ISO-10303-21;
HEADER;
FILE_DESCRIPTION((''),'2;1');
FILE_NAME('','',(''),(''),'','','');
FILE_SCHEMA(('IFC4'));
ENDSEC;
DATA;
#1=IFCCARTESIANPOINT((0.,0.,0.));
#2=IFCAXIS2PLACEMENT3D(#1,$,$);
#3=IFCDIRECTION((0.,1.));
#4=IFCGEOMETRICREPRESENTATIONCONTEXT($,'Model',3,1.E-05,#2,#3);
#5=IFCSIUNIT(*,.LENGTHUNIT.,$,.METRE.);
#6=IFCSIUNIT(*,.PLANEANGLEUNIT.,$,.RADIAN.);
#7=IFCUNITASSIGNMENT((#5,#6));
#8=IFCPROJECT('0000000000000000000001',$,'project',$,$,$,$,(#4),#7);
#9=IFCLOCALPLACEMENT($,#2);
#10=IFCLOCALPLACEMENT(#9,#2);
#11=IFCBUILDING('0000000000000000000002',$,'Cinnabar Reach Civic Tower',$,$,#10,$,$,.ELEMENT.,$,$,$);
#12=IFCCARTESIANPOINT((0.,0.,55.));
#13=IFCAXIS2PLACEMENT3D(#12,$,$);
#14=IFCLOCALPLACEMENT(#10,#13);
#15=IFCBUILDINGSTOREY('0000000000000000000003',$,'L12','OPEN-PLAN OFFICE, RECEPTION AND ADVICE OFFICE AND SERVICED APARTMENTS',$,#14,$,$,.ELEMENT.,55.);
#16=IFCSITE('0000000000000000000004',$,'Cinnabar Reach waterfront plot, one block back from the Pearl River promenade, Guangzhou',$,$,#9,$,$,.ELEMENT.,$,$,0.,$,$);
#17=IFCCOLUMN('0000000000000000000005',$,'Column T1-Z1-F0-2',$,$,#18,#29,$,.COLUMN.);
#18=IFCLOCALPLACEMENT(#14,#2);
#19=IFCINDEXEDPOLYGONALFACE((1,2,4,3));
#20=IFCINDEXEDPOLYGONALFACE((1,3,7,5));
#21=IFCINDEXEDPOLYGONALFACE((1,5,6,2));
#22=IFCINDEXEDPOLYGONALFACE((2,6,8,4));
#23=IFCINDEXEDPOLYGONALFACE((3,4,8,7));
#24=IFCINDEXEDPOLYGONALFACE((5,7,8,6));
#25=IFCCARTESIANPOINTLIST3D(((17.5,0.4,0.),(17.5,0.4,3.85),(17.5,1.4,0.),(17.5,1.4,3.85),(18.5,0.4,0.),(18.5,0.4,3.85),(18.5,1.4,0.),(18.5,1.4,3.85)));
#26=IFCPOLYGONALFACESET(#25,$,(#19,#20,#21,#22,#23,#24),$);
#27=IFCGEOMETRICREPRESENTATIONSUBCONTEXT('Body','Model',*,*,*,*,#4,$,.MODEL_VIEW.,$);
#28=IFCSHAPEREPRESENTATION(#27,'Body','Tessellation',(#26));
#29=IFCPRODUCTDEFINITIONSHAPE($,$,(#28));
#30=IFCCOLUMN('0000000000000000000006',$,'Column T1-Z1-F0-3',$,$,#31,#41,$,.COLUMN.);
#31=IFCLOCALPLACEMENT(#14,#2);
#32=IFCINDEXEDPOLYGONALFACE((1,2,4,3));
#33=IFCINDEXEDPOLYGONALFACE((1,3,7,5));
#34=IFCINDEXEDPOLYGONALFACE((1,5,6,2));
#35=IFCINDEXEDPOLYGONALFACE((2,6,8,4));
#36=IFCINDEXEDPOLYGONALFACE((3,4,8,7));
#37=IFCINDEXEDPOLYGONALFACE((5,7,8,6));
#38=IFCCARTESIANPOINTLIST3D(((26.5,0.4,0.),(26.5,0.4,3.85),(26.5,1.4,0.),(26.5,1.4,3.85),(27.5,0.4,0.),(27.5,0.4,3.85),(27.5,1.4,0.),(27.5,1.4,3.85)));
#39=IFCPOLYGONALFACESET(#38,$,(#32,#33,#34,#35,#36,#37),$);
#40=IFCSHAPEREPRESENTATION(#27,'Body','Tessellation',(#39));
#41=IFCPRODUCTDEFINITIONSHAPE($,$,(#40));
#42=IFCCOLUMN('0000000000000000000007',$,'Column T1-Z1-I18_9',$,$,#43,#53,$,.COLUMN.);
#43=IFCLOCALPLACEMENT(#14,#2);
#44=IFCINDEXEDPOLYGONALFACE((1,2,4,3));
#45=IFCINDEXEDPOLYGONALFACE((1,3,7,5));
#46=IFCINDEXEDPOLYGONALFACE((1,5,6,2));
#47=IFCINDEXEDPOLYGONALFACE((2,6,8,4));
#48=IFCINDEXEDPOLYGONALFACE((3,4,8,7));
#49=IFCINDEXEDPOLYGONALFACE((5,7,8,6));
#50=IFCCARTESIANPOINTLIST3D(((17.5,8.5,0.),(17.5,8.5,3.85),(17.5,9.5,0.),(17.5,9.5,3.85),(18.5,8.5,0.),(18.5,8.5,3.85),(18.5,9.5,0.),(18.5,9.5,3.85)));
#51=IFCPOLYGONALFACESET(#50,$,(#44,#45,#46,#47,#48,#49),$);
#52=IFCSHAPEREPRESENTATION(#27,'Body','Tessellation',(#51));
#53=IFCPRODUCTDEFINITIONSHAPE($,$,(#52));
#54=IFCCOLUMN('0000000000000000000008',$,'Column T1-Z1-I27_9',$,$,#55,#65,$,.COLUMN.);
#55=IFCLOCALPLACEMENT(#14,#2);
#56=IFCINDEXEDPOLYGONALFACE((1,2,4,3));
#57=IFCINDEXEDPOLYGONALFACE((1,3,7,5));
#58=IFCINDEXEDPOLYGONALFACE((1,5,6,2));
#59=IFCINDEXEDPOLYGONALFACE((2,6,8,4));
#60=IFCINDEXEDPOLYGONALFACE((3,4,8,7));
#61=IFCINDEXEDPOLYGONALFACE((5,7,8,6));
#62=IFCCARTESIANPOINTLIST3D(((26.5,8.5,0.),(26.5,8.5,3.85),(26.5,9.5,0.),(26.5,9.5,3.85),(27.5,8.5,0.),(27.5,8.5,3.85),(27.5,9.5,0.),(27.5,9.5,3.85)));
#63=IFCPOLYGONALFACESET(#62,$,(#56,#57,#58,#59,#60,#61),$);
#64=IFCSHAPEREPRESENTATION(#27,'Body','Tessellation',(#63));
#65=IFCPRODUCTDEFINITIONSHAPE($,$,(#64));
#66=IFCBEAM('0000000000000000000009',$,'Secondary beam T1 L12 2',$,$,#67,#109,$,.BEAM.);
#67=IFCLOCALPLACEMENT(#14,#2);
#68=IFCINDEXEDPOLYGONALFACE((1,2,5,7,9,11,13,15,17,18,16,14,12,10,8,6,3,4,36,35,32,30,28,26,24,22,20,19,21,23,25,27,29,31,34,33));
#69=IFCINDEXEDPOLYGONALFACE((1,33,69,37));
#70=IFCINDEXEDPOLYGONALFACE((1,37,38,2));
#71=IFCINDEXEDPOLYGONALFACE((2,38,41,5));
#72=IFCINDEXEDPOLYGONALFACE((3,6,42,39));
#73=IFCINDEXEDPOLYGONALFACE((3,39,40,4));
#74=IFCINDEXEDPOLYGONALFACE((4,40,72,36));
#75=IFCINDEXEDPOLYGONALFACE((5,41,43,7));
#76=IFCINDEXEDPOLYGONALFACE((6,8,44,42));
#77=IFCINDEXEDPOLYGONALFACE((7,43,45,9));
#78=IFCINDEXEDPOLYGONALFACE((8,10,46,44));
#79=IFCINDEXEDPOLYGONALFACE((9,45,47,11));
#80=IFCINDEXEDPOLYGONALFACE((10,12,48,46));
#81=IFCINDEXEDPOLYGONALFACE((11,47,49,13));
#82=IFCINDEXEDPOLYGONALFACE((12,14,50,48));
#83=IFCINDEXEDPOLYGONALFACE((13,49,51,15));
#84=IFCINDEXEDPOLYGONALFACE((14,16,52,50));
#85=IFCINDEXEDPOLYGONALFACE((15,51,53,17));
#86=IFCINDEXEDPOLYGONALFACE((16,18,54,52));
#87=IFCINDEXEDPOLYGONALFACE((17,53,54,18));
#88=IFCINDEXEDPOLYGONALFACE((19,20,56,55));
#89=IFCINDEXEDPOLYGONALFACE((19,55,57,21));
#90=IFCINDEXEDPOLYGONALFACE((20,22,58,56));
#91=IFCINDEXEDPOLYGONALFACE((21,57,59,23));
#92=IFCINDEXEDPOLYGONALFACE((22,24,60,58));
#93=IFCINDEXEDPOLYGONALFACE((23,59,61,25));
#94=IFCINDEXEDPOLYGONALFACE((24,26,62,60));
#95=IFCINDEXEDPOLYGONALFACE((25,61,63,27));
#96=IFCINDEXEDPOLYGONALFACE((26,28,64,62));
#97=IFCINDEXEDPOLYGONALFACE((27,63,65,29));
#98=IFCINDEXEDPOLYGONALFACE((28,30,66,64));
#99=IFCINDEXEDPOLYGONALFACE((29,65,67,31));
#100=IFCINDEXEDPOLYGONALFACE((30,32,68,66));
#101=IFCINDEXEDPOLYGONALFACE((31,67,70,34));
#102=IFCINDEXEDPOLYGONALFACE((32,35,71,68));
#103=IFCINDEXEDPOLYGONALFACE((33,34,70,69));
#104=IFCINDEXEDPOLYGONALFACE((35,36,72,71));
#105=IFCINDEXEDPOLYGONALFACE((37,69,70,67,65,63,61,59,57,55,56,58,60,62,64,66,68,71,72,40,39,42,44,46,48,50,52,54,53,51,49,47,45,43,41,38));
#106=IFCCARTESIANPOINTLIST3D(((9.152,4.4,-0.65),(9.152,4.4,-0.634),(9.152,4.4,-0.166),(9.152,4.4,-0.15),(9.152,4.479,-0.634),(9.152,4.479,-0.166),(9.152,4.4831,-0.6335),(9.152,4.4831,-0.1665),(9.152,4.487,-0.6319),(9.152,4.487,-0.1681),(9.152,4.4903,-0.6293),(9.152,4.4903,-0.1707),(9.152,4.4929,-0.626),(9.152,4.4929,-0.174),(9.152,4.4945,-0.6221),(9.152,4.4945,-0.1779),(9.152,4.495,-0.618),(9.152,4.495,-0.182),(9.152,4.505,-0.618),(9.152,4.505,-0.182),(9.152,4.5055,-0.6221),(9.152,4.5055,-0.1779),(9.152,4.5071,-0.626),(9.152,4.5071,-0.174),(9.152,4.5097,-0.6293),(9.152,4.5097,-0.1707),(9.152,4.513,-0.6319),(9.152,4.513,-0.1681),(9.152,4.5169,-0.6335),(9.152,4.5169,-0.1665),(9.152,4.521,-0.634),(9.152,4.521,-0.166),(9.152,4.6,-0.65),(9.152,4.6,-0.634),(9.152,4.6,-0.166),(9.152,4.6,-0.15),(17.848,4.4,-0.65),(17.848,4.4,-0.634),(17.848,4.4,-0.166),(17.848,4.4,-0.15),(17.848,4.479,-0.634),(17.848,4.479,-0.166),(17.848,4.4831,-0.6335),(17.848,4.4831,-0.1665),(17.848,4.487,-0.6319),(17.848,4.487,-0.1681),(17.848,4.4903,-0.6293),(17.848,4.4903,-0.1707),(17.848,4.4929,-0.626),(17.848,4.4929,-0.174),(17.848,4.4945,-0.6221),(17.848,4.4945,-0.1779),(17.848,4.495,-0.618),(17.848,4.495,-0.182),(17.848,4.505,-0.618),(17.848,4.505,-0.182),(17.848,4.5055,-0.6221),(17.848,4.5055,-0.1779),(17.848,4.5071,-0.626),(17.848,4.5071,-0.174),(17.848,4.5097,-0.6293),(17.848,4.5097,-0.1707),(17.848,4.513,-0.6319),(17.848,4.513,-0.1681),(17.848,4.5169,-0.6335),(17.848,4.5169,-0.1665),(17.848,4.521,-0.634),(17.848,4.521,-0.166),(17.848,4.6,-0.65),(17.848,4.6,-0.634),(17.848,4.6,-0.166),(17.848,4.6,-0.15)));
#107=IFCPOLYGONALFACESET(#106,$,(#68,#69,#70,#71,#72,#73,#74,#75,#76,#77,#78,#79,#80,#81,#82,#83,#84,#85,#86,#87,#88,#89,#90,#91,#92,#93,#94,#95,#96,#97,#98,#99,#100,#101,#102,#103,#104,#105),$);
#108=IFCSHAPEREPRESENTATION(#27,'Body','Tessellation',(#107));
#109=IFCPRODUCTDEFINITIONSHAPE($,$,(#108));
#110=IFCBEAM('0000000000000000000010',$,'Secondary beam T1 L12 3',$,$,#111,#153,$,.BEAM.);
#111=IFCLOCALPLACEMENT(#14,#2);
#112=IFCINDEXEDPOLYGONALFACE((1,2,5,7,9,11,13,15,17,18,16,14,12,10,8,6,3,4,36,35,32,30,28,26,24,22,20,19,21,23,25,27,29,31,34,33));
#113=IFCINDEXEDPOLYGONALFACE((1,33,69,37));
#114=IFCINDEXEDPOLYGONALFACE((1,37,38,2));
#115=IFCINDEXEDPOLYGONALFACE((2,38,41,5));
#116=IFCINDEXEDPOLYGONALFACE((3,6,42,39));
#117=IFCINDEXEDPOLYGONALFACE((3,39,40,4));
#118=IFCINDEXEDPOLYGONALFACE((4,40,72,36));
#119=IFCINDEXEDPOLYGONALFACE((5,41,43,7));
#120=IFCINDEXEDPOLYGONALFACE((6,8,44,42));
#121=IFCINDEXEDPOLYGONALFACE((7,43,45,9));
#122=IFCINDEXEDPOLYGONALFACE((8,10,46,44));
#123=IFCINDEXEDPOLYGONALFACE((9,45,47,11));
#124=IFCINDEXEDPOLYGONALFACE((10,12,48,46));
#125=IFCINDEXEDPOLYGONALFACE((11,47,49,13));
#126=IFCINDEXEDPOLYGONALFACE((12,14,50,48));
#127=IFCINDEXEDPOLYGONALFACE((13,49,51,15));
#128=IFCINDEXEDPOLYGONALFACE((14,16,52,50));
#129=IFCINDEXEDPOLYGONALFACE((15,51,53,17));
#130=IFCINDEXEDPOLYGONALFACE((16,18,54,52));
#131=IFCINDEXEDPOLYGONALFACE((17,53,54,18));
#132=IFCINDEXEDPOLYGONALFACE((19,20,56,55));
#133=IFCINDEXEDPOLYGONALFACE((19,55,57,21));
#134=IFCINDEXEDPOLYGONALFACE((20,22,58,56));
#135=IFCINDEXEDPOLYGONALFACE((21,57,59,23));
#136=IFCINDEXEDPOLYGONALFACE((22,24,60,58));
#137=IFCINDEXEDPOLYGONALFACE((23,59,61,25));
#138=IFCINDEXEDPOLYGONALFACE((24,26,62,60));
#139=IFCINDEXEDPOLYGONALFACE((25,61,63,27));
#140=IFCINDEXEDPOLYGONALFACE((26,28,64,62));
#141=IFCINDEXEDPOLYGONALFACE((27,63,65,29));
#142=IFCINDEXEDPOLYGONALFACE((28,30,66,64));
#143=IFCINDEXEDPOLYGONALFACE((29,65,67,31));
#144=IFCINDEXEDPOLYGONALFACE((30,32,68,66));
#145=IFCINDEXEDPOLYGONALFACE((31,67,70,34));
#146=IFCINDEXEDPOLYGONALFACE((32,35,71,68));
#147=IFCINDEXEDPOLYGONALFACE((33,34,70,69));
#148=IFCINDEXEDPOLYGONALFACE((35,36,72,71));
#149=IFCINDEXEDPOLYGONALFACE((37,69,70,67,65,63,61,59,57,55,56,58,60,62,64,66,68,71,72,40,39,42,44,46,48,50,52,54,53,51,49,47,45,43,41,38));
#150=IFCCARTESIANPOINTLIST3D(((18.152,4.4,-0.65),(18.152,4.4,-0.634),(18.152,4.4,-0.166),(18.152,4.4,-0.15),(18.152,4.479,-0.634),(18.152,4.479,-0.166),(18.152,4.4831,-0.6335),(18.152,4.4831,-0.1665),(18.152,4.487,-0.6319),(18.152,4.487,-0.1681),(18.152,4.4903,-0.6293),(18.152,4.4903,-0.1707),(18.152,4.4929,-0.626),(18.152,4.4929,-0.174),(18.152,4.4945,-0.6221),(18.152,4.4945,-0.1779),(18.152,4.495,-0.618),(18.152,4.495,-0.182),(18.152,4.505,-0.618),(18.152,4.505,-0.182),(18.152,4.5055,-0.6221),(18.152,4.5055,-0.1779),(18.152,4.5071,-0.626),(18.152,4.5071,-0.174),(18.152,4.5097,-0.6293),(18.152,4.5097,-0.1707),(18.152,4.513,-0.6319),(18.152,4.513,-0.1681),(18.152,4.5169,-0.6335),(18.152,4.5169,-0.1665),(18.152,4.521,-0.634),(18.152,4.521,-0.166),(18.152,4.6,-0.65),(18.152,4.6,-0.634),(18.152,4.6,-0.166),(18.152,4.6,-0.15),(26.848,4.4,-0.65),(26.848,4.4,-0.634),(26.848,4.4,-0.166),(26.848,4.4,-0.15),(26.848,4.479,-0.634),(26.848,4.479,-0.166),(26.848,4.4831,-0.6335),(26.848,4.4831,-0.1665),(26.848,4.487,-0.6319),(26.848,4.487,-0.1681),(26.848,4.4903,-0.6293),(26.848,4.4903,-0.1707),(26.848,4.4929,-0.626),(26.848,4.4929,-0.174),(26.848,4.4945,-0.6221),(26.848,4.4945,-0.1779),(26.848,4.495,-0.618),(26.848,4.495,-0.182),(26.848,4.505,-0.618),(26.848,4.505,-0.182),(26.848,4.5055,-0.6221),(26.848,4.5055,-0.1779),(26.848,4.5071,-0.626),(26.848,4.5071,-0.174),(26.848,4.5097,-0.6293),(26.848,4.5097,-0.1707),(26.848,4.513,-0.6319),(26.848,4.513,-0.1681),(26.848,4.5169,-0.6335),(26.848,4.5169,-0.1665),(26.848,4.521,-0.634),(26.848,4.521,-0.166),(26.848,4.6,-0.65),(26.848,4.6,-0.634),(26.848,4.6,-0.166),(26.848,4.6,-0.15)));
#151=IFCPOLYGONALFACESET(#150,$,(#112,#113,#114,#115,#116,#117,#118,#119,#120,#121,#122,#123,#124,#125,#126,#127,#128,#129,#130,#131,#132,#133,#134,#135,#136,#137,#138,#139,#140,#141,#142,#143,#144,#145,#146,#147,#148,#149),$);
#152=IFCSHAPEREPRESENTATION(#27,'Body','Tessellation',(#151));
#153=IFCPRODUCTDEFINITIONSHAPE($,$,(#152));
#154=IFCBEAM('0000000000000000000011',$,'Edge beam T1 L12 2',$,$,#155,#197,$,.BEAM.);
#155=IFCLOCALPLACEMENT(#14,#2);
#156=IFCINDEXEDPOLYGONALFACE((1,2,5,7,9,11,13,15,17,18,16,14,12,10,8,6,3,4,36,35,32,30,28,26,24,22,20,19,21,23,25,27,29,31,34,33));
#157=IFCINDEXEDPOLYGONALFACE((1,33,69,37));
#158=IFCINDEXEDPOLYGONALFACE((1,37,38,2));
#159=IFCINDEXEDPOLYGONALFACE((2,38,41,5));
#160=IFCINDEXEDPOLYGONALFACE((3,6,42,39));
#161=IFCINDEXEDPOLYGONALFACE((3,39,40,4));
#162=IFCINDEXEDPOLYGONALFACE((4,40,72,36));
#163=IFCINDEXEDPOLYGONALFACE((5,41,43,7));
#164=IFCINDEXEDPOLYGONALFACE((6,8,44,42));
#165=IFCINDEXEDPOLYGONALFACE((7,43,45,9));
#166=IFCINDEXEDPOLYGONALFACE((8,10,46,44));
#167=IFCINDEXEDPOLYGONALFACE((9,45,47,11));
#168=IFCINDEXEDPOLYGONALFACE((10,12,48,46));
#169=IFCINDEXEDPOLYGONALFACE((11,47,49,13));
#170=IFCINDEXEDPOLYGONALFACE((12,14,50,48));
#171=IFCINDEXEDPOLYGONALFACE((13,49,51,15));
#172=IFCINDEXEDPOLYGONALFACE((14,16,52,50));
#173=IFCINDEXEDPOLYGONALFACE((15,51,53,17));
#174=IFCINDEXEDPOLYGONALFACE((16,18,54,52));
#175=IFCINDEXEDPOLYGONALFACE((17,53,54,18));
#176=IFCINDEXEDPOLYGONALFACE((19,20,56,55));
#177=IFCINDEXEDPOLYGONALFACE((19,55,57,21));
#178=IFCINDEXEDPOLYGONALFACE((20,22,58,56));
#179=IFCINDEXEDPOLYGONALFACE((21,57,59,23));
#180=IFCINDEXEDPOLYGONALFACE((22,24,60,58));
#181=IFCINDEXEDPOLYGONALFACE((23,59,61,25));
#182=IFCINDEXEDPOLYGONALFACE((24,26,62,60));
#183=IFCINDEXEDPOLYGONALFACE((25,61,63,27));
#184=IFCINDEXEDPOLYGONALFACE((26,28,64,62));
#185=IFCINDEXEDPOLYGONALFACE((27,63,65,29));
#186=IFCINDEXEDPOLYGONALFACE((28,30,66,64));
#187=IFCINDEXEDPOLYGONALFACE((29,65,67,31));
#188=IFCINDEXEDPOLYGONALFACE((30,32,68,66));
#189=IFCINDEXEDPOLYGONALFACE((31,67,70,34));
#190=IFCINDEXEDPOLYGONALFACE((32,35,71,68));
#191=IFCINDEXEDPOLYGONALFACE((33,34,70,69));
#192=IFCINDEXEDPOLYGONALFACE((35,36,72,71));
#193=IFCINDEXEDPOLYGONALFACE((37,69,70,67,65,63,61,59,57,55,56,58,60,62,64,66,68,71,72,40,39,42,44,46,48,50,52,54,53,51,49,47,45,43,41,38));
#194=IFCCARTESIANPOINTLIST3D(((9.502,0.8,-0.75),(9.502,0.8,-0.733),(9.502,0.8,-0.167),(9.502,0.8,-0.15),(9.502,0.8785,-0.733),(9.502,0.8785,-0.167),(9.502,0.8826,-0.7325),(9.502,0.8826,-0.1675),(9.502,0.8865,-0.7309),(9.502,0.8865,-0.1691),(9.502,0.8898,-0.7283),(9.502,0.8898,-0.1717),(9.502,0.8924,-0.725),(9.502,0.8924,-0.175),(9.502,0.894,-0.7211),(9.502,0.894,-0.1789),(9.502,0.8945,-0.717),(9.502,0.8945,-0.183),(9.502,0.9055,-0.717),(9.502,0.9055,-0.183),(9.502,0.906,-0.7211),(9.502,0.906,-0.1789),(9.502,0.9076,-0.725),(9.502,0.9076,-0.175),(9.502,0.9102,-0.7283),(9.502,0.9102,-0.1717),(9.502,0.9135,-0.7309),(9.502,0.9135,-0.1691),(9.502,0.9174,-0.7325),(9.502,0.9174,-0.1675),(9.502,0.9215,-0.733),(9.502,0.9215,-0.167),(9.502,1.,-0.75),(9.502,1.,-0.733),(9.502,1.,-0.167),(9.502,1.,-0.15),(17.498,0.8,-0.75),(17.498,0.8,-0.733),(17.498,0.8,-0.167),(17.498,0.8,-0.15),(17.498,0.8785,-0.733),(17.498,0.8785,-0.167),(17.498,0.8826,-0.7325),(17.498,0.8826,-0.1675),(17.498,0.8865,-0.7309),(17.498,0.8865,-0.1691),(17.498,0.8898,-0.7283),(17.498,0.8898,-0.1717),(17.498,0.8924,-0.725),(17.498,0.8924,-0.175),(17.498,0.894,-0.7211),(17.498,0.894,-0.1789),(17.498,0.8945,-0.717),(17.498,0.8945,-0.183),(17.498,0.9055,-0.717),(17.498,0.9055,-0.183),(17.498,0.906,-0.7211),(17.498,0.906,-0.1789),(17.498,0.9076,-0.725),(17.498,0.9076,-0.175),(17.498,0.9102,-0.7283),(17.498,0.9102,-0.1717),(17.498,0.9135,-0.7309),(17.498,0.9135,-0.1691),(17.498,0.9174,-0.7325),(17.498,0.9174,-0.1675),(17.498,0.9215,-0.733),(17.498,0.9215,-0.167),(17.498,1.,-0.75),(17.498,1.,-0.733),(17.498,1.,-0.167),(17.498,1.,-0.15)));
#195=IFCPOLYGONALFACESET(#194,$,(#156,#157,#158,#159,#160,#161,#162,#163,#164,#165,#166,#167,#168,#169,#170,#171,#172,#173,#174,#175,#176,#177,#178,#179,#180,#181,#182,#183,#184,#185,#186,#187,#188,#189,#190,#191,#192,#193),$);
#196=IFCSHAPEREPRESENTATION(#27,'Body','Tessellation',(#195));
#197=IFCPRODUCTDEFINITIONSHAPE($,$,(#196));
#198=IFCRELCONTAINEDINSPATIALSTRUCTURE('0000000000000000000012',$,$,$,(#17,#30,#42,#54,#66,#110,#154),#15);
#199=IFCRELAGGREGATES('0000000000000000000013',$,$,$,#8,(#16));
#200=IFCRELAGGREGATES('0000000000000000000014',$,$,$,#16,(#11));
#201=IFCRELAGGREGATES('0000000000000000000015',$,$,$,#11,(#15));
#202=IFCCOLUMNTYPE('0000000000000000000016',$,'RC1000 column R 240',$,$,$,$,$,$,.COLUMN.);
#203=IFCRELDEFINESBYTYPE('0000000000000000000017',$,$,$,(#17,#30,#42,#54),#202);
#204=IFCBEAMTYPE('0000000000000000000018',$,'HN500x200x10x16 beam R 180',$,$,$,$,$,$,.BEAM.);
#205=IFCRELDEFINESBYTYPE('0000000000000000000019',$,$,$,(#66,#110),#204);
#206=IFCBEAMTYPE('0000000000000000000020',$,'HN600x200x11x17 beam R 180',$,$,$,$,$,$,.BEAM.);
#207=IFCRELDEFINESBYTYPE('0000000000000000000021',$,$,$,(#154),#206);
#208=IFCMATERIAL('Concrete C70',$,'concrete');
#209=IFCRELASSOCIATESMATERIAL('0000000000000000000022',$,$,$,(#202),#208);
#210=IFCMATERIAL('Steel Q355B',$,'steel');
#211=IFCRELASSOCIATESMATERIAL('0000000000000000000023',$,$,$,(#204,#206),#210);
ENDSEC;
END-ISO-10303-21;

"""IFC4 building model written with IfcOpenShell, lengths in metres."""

from ifc_helpers import new_model, si_unit, direction, frame, origin, origin_2d, place, context, subcontext, project, spatial, rectangle, i_section, extrude, material, material_profile, profile_set, type_object, element, save


model = new_model("IFC4")

# Units and contexts
model_context = context("Model", 3, precision=1e-05, world=origin(), true_north=direction((0.0, 1.0)))
body_context = subcontext(model_context, "Body", "Model", "MODEL_VIEW")
ifc_project = project(units=[si_unit("LENGTHUNIT", "METRE"), si_unit("PLANEANGLEUNIT", "RADIAN")], contexts=[model_context])

# Site, building, storey
site_placement = place(None, origin())
site = spatial("IfcSite", under=ifc_project, at=site_placement, Name="Cinnabar Reach waterfront plot, one block back from the Pearl River promenade, Guangzhou", CompositionType="ELEMENT", RefElevation=0.0)
building_placement = place(site_placement, origin())
building = spatial("IfcBuilding", under=site, at=building_placement, Name="Cinnabar Reach Civic Tower", CompositionType="ELEMENT")
storey_placement = place(building_placement, frame((0.0, 0.0, 55.0)))
storey = spatial("IfcBuildingStorey", under=building, at=storey_placement, Name="L12", Description="OPEN-PLAN OFFICE, RECEPTION AND ADVICE OFFICE AND SERVICED APARTMENTS", CompositionType="ELEMENT", Elevation=55.0)

# Columns
ifc_material_1 = material(Name="Concrete C70", Category="concrete")
ifc_material_profile_1 = material_profile(ifc_material_1, rectangle(XDim=1.0, YDim=1.0, at=origin_2d()), Name="RC1000")
ifc_profile_set_1 = profile_set([ifc_material_profile_1], Name="Concrete C70")
column_type = type_object("IfcColumnType", Name="RC1000 column R 240", PredefinedType="COLUMN", material=ifc_profile_set_1)
for number, where, z_axis, x_axis, name in (
    (1, (18.0, 0.9, 0.0), (0.0, 0.0, 1.0), (1.0, 0.0, 0.0), "Column T1-Z1-F0-2"),
    (2, (27.0, 0.9, 0.0), (0.0, 0.0, 1.0), (1.0, 0.0, 0.0), "Column T1-Z1-F0-3"),
    (3, (18.0, 9.0, 0.0), (0.0, 0.0, 1.0), (1.0, 0.0, 0.0), "Column T1-Z1-I18_9"),
    (4, (27.0, 9.0, 0.0), (0.0, 0.0, 1.0), (1.0, 0.0, 0.0), "Column T1-Z1-I27_9"),
):
    element("IfcColumn", number, at=place(storey_placement, frame(where, z_axis=z_axis, x_axis=x_axis)), inside=storey, type_object=column_type, Name=name, PredefinedType="COLUMN", context=body_context, shape_type="SweptSolid", body=[
        extrude(rectangle(XDim=1.0, YDim=1.0, at=origin_2d()), origin(), (0.0, 0.0, 1.0), 3.85),
    ])

# Beams
ifc_material_2 = material(Name="Steel Q355B", Category="steel")
ifc_material_profile_2 = material_profile(ifc_material_2, i_section(OverallWidth=0.2, OverallDepth=0.5, WebThickness=0.01, FlangeThickness=0.016, FilletRadius=0.016, at=origin_2d()), Name="HN500x200x10x16")
ifc_profile_set_2 = profile_set([ifc_material_profile_2], Name="Steel Q355B")
beam_type_1 = type_object("IfcBeamType", Name="HN500x200x10x16 beam R 180", PredefinedType="BEAM", material=ifc_profile_set_2)
for number, where, z_axis, x_axis, name in (
    (5, (9.152, 4.5, -0.4), (1.0, 0.0, 0.0), (0.0, 1.0, 0.0), "Secondary beam T1 L12 2"),
    (6, (18.152, 4.5, -0.4), (1.0, 0.0, 0.0), (0.0, 1.0, 0.0), "Secondary beam T1 L12 3"),
):
    element("IfcBeam", number, at=place(storey_placement, frame(where, z_axis=z_axis, x_axis=x_axis)), inside=storey, type_object=beam_type_1, Name=name, PredefinedType="BEAM", context=body_context, shape_type="SweptSolid", body=[
        extrude(i_section(OverallWidth=0.2, OverallDepth=0.5, WebThickness=0.01, FlangeThickness=0.016, FilletRadius=0.016, at=origin_2d()), origin(), (0.0, 0.0, 1.0), 8.696),
    ])
ifc_material_profile_3 = material_profile(ifc_material_2, i_section(OverallWidth=0.2, OverallDepth=0.6, WebThickness=0.011, FlangeThickness=0.017, FilletRadius=0.016, at=origin_2d()), Name="HN600x200x11x17")
ifc_profile_set_3 = profile_set([ifc_material_profile_3], Name="Steel Q355B")
beam_type_2 = type_object("IfcBeamType", Name="HN600x200x11x17 beam R 180", PredefinedType="BEAM", material=ifc_profile_set_3)
for number, where, z_axis, x_axis, name in (
    (7, (9.502, 0.9, -0.45), (1.0, 0.0, 0.0), (0.0, 1.0, 0.0), "Edge beam T1 L12 2"),
):
    element("IfcBeam", number, at=place(storey_placement, frame(where, z_axis=z_axis, x_axis=x_axis)), inside=storey, type_object=beam_type_2, Name=name, PredefinedType="BEAM", context=body_context, shape_type="SweptSolid", body=[
        extrude(i_section(OverallWidth=0.2, OverallDepth=0.6, WebThickness=0.011, FlangeThickness=0.017, FilletRadius=0.016, at=origin_2d()), origin(), (0.0, 0.0, 1.0), 7.996),
    ])

save(model, "model.ifc")
